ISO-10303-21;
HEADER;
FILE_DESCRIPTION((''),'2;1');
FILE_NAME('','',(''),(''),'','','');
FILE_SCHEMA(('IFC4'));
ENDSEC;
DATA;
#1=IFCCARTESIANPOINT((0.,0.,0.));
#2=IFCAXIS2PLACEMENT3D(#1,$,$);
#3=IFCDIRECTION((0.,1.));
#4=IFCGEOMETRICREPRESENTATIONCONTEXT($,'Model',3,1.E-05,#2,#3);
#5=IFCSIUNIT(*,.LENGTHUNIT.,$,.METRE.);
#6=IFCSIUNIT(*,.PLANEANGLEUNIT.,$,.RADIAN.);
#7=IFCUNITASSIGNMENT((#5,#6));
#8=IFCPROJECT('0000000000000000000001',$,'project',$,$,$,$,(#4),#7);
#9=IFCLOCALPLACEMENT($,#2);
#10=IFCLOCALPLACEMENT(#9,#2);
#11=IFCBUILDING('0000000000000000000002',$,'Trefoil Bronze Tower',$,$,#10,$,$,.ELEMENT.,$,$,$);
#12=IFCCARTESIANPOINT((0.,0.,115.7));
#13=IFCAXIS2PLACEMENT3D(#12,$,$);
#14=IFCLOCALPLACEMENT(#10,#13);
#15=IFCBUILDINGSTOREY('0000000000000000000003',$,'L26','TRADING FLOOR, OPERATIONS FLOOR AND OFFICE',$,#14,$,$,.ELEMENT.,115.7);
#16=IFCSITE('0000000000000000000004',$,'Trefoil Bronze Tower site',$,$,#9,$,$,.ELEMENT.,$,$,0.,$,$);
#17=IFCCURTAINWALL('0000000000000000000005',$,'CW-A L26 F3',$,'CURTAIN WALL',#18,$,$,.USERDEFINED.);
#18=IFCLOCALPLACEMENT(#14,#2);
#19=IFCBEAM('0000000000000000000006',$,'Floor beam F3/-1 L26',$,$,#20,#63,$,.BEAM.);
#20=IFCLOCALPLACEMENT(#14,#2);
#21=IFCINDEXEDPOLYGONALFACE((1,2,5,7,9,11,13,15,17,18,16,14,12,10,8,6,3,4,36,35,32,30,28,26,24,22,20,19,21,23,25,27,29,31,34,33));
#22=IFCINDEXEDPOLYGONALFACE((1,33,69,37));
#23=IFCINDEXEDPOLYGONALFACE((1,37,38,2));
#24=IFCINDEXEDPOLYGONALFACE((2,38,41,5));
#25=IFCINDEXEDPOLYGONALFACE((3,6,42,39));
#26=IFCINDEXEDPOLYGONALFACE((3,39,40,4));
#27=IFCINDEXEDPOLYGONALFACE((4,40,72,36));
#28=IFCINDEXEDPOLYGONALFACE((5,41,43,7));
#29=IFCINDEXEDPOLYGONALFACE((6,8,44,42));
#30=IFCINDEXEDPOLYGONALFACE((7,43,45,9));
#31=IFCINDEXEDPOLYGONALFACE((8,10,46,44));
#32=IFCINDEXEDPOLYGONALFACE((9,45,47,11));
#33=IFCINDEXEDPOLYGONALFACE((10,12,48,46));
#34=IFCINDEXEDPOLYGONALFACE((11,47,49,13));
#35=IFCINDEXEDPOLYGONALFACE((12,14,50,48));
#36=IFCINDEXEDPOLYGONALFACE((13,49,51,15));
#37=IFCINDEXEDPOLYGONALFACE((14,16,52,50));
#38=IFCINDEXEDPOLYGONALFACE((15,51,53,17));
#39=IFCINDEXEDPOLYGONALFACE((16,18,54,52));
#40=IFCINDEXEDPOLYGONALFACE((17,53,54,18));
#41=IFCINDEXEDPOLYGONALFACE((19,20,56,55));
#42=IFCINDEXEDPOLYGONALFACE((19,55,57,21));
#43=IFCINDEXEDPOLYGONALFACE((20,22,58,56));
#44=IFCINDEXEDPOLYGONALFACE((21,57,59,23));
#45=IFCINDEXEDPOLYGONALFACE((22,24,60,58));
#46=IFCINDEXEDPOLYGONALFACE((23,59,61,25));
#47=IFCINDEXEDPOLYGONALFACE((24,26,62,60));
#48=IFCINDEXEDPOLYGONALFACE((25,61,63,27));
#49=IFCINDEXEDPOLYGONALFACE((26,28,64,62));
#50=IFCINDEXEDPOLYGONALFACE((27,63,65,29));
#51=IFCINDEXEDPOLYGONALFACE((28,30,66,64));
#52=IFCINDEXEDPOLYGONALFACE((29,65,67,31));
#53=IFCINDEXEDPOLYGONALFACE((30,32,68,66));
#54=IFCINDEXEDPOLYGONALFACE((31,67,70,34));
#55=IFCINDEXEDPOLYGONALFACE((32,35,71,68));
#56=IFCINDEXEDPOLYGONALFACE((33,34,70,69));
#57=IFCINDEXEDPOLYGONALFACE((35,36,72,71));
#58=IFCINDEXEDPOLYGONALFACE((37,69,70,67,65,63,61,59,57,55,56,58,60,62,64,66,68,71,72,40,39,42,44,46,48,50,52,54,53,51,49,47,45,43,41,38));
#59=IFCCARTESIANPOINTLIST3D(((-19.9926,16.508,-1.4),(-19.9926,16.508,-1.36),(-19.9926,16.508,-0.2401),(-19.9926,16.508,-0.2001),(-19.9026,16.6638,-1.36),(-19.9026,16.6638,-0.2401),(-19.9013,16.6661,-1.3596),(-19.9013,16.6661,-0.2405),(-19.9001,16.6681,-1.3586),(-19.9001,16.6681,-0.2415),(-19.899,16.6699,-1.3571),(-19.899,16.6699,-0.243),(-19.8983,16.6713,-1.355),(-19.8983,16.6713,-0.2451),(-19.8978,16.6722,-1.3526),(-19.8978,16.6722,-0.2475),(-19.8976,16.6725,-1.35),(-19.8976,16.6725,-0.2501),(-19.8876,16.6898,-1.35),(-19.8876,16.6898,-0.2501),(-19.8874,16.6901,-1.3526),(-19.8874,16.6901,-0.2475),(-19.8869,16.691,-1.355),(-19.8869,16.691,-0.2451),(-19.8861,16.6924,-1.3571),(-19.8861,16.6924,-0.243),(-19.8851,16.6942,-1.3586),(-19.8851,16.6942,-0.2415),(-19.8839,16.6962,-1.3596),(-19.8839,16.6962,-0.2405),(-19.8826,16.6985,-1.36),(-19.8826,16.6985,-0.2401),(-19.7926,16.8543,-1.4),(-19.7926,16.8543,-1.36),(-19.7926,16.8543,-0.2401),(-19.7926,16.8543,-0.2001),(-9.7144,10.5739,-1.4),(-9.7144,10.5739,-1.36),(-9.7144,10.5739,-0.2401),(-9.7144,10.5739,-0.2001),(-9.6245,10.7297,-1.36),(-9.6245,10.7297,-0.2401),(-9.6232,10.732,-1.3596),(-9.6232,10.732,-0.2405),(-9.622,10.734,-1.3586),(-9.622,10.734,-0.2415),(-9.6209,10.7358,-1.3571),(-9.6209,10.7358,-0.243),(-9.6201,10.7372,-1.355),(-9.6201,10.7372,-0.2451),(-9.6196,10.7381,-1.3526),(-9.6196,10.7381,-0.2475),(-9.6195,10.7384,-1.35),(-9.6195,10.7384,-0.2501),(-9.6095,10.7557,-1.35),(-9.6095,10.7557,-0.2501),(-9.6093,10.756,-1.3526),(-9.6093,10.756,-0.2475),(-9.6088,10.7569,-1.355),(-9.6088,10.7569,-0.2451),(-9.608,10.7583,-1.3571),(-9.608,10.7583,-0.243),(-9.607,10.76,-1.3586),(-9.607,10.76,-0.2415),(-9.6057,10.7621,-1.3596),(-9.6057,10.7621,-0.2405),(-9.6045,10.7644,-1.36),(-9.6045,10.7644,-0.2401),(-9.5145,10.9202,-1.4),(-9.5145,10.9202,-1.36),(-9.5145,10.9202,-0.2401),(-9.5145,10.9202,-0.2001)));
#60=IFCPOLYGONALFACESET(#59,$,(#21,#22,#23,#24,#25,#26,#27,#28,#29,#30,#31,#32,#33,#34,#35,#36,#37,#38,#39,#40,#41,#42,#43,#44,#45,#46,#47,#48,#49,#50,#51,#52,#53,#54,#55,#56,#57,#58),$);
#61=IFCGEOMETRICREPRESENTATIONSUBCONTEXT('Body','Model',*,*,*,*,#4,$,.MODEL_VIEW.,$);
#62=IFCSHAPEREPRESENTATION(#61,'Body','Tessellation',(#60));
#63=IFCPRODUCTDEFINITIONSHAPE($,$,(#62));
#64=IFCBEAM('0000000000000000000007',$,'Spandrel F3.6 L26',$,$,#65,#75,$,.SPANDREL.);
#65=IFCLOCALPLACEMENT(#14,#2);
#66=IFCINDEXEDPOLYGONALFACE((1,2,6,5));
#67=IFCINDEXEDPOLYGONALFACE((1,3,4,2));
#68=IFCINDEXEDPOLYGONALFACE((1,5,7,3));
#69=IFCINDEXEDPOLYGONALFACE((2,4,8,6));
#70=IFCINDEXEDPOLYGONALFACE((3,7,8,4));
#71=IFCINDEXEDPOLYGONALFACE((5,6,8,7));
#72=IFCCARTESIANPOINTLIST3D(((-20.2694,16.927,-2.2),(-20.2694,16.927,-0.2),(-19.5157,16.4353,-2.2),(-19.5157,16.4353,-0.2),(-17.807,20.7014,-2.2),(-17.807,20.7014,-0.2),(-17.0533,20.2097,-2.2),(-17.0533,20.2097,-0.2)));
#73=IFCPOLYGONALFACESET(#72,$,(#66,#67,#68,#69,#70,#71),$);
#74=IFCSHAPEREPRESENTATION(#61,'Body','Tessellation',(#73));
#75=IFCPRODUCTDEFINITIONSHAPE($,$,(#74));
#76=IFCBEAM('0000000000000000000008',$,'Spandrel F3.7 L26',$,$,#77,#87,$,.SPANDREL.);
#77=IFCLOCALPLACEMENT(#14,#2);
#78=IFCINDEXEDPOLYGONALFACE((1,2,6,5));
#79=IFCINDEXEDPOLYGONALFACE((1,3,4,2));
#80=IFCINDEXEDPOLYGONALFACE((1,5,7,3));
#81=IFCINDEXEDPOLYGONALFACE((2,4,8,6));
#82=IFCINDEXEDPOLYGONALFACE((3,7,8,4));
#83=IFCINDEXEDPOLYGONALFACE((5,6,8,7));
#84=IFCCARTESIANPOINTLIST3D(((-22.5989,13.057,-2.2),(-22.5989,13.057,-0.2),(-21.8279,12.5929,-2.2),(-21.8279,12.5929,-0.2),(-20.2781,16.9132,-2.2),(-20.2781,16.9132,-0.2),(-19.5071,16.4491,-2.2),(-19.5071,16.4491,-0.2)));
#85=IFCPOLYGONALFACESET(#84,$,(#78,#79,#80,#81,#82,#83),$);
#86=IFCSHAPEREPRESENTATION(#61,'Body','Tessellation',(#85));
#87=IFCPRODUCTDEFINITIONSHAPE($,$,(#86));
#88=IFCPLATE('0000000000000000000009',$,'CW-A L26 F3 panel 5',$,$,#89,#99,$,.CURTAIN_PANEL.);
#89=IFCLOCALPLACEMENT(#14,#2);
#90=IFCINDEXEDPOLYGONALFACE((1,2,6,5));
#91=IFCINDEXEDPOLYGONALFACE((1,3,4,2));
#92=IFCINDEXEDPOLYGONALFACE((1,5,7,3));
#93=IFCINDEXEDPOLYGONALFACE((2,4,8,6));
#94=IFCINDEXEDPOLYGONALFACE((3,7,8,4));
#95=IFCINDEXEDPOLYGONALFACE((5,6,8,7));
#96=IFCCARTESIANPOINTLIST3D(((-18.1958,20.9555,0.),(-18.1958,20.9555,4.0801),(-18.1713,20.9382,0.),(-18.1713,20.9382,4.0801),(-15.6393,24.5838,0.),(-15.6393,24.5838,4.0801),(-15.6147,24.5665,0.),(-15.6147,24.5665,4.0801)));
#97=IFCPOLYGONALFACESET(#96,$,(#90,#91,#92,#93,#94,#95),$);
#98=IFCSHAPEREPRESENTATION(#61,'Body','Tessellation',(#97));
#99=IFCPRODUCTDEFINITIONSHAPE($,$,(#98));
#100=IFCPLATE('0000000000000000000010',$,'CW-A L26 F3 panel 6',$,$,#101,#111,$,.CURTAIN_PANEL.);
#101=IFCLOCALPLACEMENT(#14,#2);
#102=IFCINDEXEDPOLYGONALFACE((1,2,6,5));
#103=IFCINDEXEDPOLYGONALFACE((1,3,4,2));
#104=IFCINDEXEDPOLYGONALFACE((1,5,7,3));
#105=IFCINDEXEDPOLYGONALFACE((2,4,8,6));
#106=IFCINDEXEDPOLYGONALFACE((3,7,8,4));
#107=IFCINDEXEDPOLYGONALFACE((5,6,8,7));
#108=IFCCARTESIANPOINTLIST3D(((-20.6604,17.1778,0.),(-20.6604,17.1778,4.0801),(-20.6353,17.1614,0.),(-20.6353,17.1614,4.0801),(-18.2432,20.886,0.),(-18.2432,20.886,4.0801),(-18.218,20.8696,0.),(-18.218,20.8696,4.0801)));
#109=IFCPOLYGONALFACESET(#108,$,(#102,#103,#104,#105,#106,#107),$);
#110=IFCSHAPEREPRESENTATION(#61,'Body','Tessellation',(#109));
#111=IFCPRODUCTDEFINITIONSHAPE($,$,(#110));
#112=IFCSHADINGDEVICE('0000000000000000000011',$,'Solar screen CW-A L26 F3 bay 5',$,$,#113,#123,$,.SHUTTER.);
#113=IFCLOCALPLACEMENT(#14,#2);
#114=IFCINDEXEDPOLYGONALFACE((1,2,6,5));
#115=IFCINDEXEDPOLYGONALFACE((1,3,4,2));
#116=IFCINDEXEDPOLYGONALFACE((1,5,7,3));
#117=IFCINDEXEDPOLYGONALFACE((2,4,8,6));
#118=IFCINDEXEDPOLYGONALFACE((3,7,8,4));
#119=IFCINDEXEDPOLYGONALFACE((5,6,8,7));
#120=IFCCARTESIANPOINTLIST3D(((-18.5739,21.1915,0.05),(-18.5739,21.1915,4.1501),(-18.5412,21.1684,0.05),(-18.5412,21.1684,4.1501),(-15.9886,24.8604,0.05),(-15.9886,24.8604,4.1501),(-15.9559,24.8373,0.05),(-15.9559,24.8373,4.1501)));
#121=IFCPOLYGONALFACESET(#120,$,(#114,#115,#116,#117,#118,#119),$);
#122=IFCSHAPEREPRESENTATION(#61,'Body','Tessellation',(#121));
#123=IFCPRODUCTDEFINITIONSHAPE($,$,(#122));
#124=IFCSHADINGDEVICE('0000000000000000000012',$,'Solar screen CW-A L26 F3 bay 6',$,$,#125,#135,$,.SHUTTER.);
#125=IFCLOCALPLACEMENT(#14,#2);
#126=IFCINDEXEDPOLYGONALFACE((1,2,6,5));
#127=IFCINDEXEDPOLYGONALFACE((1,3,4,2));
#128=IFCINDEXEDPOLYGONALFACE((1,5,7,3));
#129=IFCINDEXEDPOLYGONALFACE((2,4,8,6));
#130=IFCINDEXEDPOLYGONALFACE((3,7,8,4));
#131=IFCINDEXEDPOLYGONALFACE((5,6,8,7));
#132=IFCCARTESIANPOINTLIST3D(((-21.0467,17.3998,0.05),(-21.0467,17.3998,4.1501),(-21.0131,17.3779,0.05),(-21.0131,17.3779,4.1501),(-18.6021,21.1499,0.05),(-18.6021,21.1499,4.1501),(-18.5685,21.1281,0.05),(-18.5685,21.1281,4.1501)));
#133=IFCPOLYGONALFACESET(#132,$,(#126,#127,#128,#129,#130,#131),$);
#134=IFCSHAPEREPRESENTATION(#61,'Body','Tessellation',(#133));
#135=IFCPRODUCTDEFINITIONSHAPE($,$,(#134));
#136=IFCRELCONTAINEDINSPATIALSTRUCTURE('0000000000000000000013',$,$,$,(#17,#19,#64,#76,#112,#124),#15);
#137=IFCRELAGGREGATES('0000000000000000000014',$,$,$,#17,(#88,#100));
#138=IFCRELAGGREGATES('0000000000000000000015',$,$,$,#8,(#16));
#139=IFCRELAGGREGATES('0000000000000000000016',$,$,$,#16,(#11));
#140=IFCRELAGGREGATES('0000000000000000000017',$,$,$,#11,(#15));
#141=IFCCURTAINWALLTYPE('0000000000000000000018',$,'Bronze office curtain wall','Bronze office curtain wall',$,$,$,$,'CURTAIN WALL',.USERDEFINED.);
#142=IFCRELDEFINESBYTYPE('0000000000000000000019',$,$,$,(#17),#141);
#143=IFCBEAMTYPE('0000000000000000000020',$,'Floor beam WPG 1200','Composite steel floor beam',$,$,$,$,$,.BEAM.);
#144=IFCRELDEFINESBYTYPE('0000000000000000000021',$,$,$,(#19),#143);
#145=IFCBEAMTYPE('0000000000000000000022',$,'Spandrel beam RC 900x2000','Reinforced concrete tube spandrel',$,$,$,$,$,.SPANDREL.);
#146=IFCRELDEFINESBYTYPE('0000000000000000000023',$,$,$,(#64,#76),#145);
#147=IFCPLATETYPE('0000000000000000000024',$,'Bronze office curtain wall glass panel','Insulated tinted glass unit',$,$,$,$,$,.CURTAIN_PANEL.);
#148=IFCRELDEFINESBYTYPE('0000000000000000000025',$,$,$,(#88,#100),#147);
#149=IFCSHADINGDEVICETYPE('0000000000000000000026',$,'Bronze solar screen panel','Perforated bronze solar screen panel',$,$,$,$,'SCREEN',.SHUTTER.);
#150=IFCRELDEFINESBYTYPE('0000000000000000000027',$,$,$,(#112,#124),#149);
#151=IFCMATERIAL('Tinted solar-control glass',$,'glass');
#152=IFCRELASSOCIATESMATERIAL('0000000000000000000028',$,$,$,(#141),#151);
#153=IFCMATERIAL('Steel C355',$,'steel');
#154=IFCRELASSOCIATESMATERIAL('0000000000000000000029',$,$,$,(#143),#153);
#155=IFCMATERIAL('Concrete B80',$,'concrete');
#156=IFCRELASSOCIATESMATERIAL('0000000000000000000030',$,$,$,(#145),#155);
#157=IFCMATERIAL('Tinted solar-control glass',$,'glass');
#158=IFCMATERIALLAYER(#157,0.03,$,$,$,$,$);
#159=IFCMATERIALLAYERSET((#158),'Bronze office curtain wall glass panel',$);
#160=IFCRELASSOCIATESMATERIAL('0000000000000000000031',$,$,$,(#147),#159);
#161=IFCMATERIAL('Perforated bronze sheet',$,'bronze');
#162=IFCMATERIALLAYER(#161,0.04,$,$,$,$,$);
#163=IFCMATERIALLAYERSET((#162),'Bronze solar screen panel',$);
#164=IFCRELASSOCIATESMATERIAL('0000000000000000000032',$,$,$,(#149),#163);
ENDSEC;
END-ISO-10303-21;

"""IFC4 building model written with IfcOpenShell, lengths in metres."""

from ifc_helpers import new_model, si_unit, direction, frame, origin, origin_2d, place, context, subcontext, project, spatial, rectangle, i_section, extrude, material, layer, layer_set, material_profile, profile_set, type_object, element, aggregate, save


model = new_model("IFC4")

# Units and contexts
model_context = context("Model", 3, precision=1e-05, world=origin(), true_north=direction((0.0, 1.0)))
body_context = subcontext(model_context, "Body", "Model", "MODEL_VIEW")
ifc_project = project(units=[si_unit("LENGTHUNIT", "METRE"), si_unit("PLANEANGLEUNIT", "RADIAN")], contexts=[model_context])

# Site, building, storey
site_placement = place(None, origin())
site = spatial("IfcSite", under=ifc_project, at=site_placement, Name="Trefoil Bronze Tower site", CompositionType="ELEMENT", RefElevation=0.0)
building_placement = place(site_placement, origin())
building = spatial("IfcBuilding", under=site, at=building_placement, Name="Trefoil Bronze Tower", CompositionType="ELEMENT")
storey_placement = place(building_placement, frame((0.0, 0.0, 115.7)))
storey = spatial("IfcBuildingStorey", under=building, at=storey_placement, Name="L26", Description="TRADING FLOOR, OPERATIONS FLOOR AND OFFICE", CompositionType="ELEMENT", Elevation=115.7)

# Curtain wall
ifc_material_1 = material(Name="Tinted solar-control glass", Category="glass")
curtain_wall_type = type_object("IfcCurtainWallType", Name="Bronze office curtain wall", Description="Bronze office curtain wall", ElementType="CURTAIN WALL", PredefinedType="USERDEFINED", material=ifc_material_1)
curtain_wall_placement = place(storey_placement, origin())
curtain_wall = element("IfcCurtainWall", 1, at=curtain_wall_placement, inside=storey, type_object=curtain_wall_type, Name="CW-A L26 F3", ObjectType="CURTAIN WALL", PredefinedType="USERDEFINED")

# Beams
ifc_material_2 = material(Name="Steel C355", Category="steel")
ifc_material_profile_1 = material_profile(ifc_material_2, i_section(OverallWidth=0.3999, OverallDepth=1.2, WebThickness=0.02, FlangeThickness=0.04, FilletRadius=0.01, at=origin_2d()), Name="WPG 1200")
ifc_profile_set_1 = profile_set([ifc_material_profile_1], Name="Steel C355")
beam_type_1 = type_object("IfcBeamType", Name="Floor beam WPG 1200", Description="Composite steel floor beam", PredefinedType="BEAM", material=ifc_profile_set_1)
beam_1_placement = place(storey_placement, frame((-19.8926, 16.6812, -0.8), z_axis=(0.866024, -0.500002, 0.0), x_axis=(0.500002, 0.866024, 0.0)))
element("IfcBeam", 2, at=beam_1_placement, inside=storey, type_object=beam_type_1, Name="Floor beam F3/-1 L26", PredefinedType="BEAM", context=body_context, shape_type="SweptSolid", body=[
    extrude(i_section(OverallWidth=0.3999, OverallDepth=1.2, WebThickness=0.02, FlangeThickness=0.04, FilletRadius=0.01, at=origin_2d()), origin(), (0.0, 0.0, 1.0), 11.8682),
])
ifc_material_3 = material(Name="Concrete B80", Category="concrete")
ifc_material_profile_2 = material_profile(ifc_material_3, rectangle(XDim=0.8999, YDim=2.0, at=origin_2d()), Name="RC 900x2000")
ifc_profile_set_2 = profile_set([ifc_material_profile_2], Name="Concrete B80")
beam_type_2 = type_object("IfcBeamType", Name="Spandrel beam RC 900x2000", Description="Reinforced concrete tube spandrel", PredefinedType="SPANDREL", material=ifc_profile_set_2)
beam_2_placement = place(storey_placement, frame((-17.4302, 20.4556, -1.2), z_axis=(-0.546397, -0.837527, 0.0), x_axis=(0.837527, -0.546397, 0.0)))
element("IfcBeam", 3, at=beam_2_placement, inside=storey, type_object=beam_type_2, Name="Spandrel F3.6 L26", PredefinedType="SPANDREL", context=body_context, shape_type="SweptSolid", body=[
    extrude(rectangle(XDim=0.8999, YDim=2.0, at=origin_2d()), origin(), (0.0, 0.0, 1.0), 4.5066),
])
beam_3_placement = place(storey_placement, frame((-19.8926, 16.6812, -1.2), z_axis=(-0.515652, -0.856798, 0.0), x_axis=(0.856798, -0.515652, 0.0)))
element("IfcBeam", 4, at=beam_3_placement, inside=storey, type_object=beam_type_2, Name="Spandrel F3.7 L26", PredefinedType="SPANDREL", context=body_context, shape_type="SweptSolid", body=[
    extrude(rectangle(XDim=0.8999, YDim=2.0, at=origin_2d()), origin(), (0.0, 0.0, 1.0), 4.5007),
])

# Plates
ifc_material_4 = material(Name="Tinted solar-control glass", Category="glass")
ifc_layer_1 = layer(ifc_material_4, 0.03)
ifc_layer_set_1 = layer_set([ifc_layer_1], Name="Bronze office curtain wall glass panel")
plate_type = type_object("IfcPlateType", Name="Bronze office curtain wall glass panel", Description="Insulated tinted glass unit", PredefinedType="CURTAIN_PANEL", material=ifc_layer_set_1)
plate_1_placement = place(storey_placement, frame((-16.9053, 22.761, 0.0), z_axis=(0.0, 0.0, 1.0), x_axis=(-0.575999, -0.81745, 0.0)))
plate_1 = element("IfcPlate", 5, at=plate_1_placement, type_object=plate_type, Name="CW-A L26 F3 panel 5", PredefinedType="CURTAIN_PANEL", context=body_context, shape_type="SweptSolid", body=[
    extrude(rectangle(XDim=4.4385, YDim=0.03, at=origin_2d()), origin(), (0.0, 0.0, 1.0), 4.0801),
])
plate_2_placement = place(storey_placement, frame((-19.4392, 19.0237, 0.0), z_axis=(0.0, 0.0, 1.0), x_axis=(-0.546089, -0.837727, 0.0)))
plate_2 = element("IfcPlate", 6, at=plate_2_placement, type_object=plate_type, Name="CW-A L26 F3 panel 6", PredefinedType="CURTAIN_PANEL", context=body_context, shape_type="SweptSolid", body=[
    extrude(rectangle(XDim=4.4265, YDim=0.03, at=origin_2d()), origin(), (0.0, 0.0, 1.0), 4.0801),
])
aggregate(curtain_wall, [plate_1, plate_2])

# Shading devices
ifc_material_5 = material(Name="Perforated bronze sheet", Category="bronze")
ifc_layer_2 = layer(ifc_material_5, 0.04)
ifc_layer_set_2 = layer_set([ifc_layer_2], Name="Bronze solar screen panel")
shading_device_type = type_object("IfcShadingDeviceType", Name="Bronze solar screen panel", Description="Perforated bronze solar screen panel", ElementType="SCREEN", PredefinedType="SHUTTER", material=ifc_layer_set_2)
shading_device_1_placement = place(storey_placement, frame((-17.2649, 23.0144, 0.05), z_axis=(0.0, 0.0, 1.0), x_axis=(-0.575999, -0.81745, 0.0)))
element("IfcShadingDevice", 7, at=shading_device_1_placement, inside=storey, type_object=shading_device_type, Name="Solar screen CW-A L26 F3 bay 5", PredefinedType="SHUTTER", context=body_context, shape_type="SweptSolid", body=[
    extrude(rectangle(XDim=4.4883, YDim=0.04, at=origin_2d()), origin(), (0.0, 0.0, 1.0), 4.1001),
])
shading_device_2_placement = place(storey_placement, frame((-19.8076, 19.2639, 0.05), z_axis=(0.0, 0.0, 1.0), x_axis=(-0.546089, -0.837727, 0.0)))
element("IfcShadingDevice", 8, at=shading_device_2_placement, inside=storey, type_object=shading_device_type, Name="Solar screen CW-A L26 F3 bay 6", PredefinedType="SHUTTER", context=body_context, shape_type="SweptSolid", body=[
    extrude(rectangle(XDim=4.4766, YDim=0.04, at=origin_2d()), origin(), (0.0, 0.0, 1.0), 4.1001),
])

save(model, "model.ifc")
